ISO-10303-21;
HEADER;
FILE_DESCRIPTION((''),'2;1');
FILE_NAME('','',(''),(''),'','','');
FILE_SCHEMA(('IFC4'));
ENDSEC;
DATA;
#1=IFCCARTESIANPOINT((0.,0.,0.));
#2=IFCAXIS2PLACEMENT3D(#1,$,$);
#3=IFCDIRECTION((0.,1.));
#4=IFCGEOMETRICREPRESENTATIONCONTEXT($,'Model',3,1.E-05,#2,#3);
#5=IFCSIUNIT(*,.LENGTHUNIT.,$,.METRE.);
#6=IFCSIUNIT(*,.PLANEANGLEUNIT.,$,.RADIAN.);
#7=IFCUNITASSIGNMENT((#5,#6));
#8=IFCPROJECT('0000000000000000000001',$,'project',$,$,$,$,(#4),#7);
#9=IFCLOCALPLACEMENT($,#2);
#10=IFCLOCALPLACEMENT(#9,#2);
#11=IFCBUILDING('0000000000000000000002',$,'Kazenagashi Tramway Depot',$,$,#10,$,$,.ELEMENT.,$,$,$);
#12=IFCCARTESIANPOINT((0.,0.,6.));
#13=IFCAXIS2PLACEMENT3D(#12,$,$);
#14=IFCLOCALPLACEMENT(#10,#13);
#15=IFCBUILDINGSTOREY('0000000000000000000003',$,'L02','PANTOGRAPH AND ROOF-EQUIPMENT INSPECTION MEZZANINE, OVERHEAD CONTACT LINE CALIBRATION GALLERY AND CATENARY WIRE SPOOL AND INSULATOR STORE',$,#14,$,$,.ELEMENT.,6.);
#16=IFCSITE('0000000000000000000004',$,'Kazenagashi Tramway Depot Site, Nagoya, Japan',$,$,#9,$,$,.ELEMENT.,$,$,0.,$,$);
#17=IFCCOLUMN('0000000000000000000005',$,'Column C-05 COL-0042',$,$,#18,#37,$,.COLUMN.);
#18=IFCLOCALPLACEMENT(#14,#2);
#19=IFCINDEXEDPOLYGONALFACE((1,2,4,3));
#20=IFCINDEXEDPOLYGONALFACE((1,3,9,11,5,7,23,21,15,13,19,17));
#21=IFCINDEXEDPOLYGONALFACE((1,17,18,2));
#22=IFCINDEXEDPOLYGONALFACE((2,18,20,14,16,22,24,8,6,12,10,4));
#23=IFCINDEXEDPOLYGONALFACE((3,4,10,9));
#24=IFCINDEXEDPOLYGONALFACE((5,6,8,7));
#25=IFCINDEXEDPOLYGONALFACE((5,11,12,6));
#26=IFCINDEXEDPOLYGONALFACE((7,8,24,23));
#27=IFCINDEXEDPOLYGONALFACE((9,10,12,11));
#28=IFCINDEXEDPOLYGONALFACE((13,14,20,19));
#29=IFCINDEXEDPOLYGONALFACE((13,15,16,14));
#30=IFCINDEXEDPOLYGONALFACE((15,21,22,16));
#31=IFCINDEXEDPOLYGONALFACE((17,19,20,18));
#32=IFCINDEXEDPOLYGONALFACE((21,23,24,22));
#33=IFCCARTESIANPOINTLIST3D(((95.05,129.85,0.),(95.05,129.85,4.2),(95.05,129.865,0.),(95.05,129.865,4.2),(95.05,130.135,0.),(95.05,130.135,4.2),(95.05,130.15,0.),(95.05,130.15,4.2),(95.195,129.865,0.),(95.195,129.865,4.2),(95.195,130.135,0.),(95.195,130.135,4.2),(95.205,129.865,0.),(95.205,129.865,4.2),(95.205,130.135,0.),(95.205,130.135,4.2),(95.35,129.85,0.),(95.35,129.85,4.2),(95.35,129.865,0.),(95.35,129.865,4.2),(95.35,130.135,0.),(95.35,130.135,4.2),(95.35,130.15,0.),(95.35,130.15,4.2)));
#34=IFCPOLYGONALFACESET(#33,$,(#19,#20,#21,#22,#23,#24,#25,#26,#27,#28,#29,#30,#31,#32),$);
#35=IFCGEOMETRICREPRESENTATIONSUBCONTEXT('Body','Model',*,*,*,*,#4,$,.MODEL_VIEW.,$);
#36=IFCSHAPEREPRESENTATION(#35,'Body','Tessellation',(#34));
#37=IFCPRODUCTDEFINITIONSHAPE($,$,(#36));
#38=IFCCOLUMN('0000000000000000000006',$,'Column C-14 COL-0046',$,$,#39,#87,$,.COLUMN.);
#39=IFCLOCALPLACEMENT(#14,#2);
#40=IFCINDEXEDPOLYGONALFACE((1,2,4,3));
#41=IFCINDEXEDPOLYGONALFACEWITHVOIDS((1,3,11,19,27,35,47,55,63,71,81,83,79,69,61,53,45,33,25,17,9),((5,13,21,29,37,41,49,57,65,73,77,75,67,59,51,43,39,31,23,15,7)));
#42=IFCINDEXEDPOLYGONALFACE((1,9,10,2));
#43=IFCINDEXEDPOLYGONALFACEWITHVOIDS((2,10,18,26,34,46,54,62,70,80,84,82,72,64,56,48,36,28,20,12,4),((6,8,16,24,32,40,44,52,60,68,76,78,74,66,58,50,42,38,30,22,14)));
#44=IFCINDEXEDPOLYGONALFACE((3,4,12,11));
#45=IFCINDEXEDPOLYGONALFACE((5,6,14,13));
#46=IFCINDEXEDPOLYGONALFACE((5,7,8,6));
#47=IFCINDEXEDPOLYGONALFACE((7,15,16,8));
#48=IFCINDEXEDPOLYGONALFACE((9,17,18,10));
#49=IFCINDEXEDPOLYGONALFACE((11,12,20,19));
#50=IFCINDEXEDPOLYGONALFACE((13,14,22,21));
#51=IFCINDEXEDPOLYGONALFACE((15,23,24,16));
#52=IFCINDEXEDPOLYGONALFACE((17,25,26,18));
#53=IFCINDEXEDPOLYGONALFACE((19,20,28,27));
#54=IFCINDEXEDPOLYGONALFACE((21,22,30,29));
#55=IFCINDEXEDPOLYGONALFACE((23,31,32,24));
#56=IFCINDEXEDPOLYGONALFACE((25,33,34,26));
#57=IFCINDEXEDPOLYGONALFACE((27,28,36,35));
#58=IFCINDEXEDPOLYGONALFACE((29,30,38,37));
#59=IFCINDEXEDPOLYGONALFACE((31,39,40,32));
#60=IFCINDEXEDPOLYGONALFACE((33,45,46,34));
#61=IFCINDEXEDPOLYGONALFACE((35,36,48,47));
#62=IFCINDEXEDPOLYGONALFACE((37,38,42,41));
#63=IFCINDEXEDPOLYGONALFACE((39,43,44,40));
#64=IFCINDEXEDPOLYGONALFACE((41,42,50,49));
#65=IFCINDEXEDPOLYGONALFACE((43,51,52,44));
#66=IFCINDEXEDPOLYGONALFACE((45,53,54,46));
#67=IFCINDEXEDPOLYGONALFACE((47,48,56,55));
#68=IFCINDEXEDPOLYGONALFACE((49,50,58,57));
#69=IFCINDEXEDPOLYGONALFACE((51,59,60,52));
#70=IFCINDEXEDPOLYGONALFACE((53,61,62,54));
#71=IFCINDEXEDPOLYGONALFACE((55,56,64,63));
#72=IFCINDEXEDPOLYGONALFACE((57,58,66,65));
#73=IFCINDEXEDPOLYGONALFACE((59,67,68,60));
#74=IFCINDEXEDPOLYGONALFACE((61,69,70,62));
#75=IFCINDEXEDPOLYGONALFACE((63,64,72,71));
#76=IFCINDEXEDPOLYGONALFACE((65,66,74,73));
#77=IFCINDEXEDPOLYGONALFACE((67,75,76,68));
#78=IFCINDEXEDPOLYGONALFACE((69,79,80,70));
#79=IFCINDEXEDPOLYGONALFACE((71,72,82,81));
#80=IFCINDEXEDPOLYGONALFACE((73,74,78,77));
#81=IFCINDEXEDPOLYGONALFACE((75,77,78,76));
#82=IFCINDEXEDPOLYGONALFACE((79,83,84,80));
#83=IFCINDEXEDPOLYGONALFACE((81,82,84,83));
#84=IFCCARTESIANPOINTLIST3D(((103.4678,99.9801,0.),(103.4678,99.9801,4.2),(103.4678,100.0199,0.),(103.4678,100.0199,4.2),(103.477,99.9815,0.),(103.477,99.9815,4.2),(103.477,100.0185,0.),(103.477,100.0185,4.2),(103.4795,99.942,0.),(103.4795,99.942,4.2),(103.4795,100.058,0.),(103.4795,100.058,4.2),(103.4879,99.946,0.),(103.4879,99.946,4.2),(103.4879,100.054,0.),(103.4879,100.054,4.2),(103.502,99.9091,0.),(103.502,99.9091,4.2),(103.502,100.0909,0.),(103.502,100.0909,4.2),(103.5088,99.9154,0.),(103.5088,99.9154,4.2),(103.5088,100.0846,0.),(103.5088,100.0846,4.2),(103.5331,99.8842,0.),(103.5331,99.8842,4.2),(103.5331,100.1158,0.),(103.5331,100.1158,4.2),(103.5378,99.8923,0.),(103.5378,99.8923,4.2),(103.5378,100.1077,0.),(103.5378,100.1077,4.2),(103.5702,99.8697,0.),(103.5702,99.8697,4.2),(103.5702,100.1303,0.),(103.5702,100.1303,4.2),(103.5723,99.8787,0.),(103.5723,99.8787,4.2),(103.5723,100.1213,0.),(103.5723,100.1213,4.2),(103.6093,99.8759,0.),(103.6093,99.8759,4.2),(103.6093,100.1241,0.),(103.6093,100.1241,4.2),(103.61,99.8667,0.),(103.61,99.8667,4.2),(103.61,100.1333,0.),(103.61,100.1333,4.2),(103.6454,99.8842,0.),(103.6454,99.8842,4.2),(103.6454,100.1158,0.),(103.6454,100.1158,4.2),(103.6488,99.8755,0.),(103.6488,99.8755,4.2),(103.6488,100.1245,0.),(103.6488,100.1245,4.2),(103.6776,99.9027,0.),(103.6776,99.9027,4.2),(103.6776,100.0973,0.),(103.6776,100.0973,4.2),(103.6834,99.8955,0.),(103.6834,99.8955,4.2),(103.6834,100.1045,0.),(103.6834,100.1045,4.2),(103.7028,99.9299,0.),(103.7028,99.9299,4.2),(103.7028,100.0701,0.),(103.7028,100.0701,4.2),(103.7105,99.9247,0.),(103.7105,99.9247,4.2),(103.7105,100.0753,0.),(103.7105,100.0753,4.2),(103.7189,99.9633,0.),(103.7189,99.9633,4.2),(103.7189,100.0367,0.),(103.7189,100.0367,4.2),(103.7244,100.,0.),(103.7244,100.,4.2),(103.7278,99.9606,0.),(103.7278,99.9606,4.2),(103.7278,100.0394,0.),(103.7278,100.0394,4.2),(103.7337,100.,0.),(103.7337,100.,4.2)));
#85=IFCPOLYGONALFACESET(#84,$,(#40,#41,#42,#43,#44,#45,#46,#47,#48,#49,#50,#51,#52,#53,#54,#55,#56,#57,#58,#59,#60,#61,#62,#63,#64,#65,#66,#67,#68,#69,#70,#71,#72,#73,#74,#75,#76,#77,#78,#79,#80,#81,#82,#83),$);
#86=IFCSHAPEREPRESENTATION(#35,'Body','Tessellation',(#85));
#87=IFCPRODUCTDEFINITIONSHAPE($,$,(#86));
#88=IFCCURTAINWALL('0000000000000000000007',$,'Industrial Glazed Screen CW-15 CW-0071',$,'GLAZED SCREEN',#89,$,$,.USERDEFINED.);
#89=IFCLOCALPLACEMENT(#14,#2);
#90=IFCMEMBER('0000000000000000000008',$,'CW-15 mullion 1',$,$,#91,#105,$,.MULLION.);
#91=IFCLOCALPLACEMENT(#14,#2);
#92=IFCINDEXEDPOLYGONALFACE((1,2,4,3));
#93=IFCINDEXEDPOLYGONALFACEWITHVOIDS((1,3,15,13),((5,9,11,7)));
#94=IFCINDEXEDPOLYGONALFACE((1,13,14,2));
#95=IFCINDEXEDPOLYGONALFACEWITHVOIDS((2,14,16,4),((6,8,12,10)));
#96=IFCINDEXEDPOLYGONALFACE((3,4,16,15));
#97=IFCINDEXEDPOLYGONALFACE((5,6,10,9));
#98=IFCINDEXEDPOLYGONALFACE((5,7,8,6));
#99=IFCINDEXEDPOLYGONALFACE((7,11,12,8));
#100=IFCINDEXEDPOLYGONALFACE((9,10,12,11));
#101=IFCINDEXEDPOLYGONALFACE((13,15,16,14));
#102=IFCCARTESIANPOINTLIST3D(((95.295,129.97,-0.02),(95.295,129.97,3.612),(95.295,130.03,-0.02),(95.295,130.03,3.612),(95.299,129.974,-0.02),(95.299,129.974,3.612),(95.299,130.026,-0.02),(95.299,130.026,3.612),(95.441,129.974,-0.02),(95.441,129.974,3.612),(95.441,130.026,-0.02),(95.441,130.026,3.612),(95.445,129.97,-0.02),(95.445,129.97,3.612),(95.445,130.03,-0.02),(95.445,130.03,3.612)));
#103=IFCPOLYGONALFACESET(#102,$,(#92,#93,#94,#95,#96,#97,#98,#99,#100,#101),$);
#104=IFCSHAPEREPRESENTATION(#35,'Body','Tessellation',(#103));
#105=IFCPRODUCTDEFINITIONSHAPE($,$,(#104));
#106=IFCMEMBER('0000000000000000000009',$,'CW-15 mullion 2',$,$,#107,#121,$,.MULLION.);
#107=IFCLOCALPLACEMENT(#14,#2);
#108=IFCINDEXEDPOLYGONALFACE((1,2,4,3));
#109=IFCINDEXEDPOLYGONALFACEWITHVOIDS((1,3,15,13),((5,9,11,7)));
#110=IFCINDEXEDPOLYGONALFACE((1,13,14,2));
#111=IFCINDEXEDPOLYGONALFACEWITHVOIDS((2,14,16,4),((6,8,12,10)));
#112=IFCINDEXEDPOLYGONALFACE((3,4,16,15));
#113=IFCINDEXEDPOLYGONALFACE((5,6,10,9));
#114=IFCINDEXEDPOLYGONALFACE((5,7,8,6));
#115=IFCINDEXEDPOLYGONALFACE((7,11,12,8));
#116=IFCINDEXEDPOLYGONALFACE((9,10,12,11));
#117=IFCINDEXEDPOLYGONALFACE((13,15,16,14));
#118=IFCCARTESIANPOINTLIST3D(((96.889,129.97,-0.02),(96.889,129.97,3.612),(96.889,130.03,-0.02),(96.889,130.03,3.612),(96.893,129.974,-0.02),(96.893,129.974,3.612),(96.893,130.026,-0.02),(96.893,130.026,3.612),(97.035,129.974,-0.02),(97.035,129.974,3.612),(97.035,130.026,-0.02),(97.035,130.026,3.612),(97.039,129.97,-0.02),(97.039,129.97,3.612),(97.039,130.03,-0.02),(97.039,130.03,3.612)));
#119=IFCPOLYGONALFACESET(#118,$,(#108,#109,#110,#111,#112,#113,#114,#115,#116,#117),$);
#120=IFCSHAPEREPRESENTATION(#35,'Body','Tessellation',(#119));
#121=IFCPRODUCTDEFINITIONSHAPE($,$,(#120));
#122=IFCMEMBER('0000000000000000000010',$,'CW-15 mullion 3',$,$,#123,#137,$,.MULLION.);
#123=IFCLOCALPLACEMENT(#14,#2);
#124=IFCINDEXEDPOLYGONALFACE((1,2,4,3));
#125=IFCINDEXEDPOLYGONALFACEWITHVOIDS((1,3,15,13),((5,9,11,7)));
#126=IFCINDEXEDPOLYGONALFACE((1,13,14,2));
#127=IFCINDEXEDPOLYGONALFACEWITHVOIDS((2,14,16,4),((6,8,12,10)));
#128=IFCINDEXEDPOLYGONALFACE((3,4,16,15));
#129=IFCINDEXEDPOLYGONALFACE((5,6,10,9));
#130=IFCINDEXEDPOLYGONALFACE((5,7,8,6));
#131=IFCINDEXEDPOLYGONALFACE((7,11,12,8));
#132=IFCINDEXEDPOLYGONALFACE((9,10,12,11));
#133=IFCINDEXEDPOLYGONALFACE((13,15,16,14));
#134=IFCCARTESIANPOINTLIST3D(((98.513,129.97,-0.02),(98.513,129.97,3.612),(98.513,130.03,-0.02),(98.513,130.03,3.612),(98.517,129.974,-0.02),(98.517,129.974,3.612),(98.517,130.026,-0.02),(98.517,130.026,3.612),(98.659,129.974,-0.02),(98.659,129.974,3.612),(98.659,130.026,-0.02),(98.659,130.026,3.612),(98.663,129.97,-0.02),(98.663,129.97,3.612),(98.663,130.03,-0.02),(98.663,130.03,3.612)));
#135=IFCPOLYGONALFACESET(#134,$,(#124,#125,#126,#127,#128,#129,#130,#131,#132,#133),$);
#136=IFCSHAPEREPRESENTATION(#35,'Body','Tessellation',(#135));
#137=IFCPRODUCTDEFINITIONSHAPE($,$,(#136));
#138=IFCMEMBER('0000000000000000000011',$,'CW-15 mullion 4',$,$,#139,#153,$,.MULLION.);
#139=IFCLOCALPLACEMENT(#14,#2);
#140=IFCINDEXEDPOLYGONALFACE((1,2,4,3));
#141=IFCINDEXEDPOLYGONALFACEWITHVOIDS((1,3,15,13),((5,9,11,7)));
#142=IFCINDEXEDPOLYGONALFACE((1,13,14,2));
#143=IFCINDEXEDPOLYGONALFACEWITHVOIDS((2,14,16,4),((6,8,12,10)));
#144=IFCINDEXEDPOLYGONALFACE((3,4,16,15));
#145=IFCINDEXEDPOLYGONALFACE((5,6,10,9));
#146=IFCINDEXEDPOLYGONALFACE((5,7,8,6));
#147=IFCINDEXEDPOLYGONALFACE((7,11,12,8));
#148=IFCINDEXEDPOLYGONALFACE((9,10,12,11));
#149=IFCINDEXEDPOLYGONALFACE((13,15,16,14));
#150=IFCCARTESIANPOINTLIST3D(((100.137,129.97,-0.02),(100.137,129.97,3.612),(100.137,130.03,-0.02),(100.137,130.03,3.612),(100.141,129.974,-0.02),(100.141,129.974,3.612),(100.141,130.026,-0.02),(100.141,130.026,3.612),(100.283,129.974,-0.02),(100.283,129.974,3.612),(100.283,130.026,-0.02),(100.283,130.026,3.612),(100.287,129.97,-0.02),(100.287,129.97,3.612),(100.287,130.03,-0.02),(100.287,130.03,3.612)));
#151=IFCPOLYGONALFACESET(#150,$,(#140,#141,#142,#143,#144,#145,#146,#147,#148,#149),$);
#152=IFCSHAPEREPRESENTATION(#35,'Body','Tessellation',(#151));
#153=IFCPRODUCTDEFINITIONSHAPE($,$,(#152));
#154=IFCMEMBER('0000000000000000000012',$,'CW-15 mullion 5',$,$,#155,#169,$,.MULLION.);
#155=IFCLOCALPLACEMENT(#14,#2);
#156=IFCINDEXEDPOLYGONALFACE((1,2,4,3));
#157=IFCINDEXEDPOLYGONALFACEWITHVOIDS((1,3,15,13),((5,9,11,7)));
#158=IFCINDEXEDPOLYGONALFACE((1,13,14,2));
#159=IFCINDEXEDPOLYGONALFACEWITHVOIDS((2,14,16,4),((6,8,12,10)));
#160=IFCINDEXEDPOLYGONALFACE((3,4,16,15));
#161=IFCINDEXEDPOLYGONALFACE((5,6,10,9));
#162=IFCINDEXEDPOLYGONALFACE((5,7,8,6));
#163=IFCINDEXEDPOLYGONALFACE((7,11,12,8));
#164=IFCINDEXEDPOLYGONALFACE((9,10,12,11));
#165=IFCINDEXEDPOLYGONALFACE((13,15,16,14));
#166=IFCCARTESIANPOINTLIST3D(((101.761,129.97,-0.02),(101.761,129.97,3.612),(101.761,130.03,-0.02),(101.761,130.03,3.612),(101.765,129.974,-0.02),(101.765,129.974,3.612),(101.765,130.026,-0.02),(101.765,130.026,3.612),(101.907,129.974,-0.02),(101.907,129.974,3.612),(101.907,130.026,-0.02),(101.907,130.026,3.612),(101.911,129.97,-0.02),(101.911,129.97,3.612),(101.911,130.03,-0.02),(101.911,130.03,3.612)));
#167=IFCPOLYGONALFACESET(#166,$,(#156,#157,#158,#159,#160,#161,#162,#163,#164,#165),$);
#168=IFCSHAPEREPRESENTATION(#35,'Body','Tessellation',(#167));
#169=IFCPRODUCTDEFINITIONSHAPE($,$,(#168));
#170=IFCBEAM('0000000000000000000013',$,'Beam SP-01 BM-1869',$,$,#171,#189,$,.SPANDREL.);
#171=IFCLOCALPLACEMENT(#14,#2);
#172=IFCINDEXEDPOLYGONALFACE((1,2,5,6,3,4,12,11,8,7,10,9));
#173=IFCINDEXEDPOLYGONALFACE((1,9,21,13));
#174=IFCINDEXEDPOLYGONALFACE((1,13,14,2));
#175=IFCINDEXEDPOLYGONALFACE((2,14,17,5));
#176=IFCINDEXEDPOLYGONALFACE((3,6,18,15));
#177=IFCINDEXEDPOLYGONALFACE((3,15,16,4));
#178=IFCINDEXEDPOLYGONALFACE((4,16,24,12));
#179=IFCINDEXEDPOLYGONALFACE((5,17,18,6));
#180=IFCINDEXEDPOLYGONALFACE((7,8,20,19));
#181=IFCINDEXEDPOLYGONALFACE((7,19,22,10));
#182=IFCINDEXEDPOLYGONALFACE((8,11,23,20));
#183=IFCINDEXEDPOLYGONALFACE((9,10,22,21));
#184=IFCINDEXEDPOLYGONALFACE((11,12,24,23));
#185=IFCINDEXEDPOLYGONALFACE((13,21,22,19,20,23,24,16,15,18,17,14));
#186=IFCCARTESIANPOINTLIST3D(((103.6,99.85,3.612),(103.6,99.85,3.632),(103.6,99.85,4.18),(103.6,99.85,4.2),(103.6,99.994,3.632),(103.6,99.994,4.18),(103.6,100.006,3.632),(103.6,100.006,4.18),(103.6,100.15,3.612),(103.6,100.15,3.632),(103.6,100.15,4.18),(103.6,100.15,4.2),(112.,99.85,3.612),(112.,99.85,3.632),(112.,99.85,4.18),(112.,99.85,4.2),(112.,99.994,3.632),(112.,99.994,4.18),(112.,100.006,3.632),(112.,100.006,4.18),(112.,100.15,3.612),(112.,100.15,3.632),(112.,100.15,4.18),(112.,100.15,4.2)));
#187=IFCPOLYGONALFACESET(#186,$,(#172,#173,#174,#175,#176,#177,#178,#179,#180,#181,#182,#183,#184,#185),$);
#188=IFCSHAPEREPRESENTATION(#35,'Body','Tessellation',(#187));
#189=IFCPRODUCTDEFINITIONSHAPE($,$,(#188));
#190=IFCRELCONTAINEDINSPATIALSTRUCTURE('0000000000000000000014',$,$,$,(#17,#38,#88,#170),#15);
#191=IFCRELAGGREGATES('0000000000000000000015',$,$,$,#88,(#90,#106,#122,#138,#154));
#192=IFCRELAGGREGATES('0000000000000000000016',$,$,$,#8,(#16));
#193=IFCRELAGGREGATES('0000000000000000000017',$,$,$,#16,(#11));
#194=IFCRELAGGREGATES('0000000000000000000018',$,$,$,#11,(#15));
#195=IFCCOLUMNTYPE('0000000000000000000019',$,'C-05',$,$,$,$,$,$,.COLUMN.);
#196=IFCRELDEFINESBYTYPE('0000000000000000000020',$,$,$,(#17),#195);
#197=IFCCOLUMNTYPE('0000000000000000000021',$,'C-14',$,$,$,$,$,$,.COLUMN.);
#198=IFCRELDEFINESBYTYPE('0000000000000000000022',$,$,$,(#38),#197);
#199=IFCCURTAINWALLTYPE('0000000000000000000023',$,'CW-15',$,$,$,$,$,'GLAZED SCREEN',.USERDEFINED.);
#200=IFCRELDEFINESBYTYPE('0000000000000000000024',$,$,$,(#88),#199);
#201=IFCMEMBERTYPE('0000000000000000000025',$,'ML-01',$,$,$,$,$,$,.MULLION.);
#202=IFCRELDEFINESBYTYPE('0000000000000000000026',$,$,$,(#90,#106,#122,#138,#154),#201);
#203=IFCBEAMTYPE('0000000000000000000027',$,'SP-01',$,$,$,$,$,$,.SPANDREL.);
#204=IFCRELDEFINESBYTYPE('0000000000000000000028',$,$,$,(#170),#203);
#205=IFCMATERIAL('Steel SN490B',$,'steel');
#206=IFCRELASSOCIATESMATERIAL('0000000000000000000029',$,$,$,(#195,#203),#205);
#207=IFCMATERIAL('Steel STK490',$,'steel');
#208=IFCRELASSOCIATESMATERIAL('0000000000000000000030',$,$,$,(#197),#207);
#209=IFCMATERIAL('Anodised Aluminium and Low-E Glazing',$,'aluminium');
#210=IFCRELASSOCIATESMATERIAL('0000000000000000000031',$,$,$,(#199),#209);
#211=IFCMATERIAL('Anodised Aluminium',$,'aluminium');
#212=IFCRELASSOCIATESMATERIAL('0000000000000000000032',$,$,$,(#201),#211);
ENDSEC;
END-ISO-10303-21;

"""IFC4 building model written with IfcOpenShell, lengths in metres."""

from ifc_helpers import new_model, si_unit, direction, frame, origin, origin_2d, place, context, subcontext, project, spatial, hollow_rectangle, hollow_circle, i_section, extrude, material, material_profile, profile_set, type_object, element, aggregate, save


model = new_model("IFC4")

# Units and contexts
model_context = context("Model", 3, precision=1e-05, world=origin(), true_north=direction((0.0, 1.0)))
body_context = subcontext(model_context, "Body", "Model", "MODEL_VIEW")
ifc_project = project(units=[si_unit("LENGTHUNIT", "METRE"), si_unit("PLANEANGLEUNIT", "RADIAN")], contexts=[model_context])

# Site, building, storey
site_placement = place(None, origin())
site = spatial("IfcSite", under=ifc_project, at=site_placement, Name="Kazenagashi Tramway Depot Site, Nagoya, Japan", CompositionType="ELEMENT", RefElevation=0.0)
building_placement = place(site_placement, origin())
building = spatial("IfcBuilding", under=site, at=building_placement, Name="Kazenagashi Tramway Depot", CompositionType="ELEMENT")
storey_placement = place(building_placement, frame((0.0, 0.0, 6.0)))
storey = spatial("IfcBuildingStorey", under=building, at=storey_placement, Name="L02", Description="PANTOGRAPH AND ROOF-EQUIPMENT INSPECTION MEZZANINE, OVERHEAD CONTACT LINE CALIBRATION GALLERY AND CATENARY WIRE SPOOL AND INSULATOR STORE", CompositionType="ELEMENT", Elevation=6.0)

# Columns
ifc_material_1 = material(Name="Steel SN490B", Category="steel")
ifc_material_profile_1 = material_profile(ifc_material_1, i_section(OverallWidth=0.3, OverallDepth=0.3, WebThickness=0.01, FlangeThickness=0.015, at=origin_2d()), Name="H-300x300x10x15")
ifc_profile_set_1 = profile_set([ifc_material_profile_1], Name="Steel SN490B")
column_type_1 = type_object("IfcColumnType", Name="C-05", PredefinedType="COLUMN", material=ifc_profile_set_1)
column_1_placement = place(storey_placement, frame((95.2, 130.0, 0.0), z_axis=(0.0, 0.0, 1.0), x_axis=(1.0, 0.0, 0.0)))
element("IfcColumn", 1, at=column_1_placement, inside=storey, type_object=column_type_1, Name="Column C-05 COL-0042", PredefinedType="COLUMN", context=body_context, shape_type="SweptSolid", body=[
    extrude(i_section(OverallWidth=0.3, OverallDepth=0.3, WebThickness=0.01, FlangeThickness=0.015, at=origin_2d()), origin(), (0.0, 0.0, 1.0), 4.2),
])
ifc_material_2 = material(Name="Steel STK490", Category="steel")
ifc_material_profile_2 = material_profile(ifc_material_2, hollow_circle(Radius=0.1337, WallThickness=0.0093, at=origin_2d()), Name="CHS-267.4x9.3")
ifc_profile_set_2 = profile_set([ifc_material_profile_2], Name="Steel STK490")
column_type_2 = type_object("IfcColumnType", Name="C-14", PredefinedType="COLUMN", material=ifc_profile_set_2)
column_2_placement = place(storey_placement, frame((103.6, 100.0, 0.0), z_axis=(0.0, 0.0, 1.0), x_axis=(1.0, 0.0, 0.0)))
element("IfcColumn", 2, at=column_2_placement, inside=storey, type_object=column_type_2, Name="Column C-14 COL-0046", PredefinedType="COLUMN", context=body_context, shape_type="SweptSolid", body=[
    extrude(hollow_circle(Radius=0.1337, WallThickness=0.0093, at=origin_2d()), origin(), (0.0, 0.0, 1.0), 4.2),
])

# Curtain wall, members
ifc_material_3 = material(Name="Anodised Aluminium and Low-E Glazing", Category="aluminium")
curtain_wall_type = type_object("IfcCurtainWallType", Name="CW-15", ElementType="GLAZED SCREEN", PredefinedType="USERDEFINED", material=ifc_material_3)
curtain_wall_placement = place(storey_placement, origin())
curtain_wall = element("IfcCurtainWall", 3, at=curtain_wall_placement, inside=storey, type_object=curtain_wall_type, Name="Industrial Glazed Screen CW-15 CW-0071", ObjectType="GLAZED SCREEN", PredefinedType="USERDEFINED")
ifc_material_4 = material(Name="Anodised Aluminium", Category="aluminium")
ifc_material_profile_3 = material_profile(ifc_material_4, hollow_rectangle(XDim=0.06, YDim=0.15, WallThickness=0.004, at=origin_2d()), Name="RHS-150x60x4")
ifc_profile_set_3 = profile_set([ifc_material_profile_3], Name="Anodised Aluminium")
member_type_1 = type_object("IfcMemberType", Name="ML-01", PredefinedType="MULLION", material=ifc_profile_set_3)
member_1_placement = place(storey_placement, frame((95.37, 130.0, -0.02), z_axis=(0.0, 0.0, 1.0), x_axis=(0.0, 1.0, 0.0)))
member_1 = element("IfcMember", 4, at=member_1_placement, type_object=member_type_1, Name="CW-15 mullion 1", PredefinedType="MULLION", context=body_context, shape_type="SweptSolid", body=[
    extrude(hollow_rectangle(XDim=0.06, YDim=0.15, WallThickness=0.004, at=origin_2d()), origin(), (0.0, 0.0, 1.0), 3.632),
])
member_2_placement = place(storey_placement, frame((96.964, 130.0, -0.02), z_axis=(0.0, 0.0, 1.0), x_axis=(0.0, 1.0, 0.0)))
member_2 = element("IfcMember", 5, at=member_2_placement, type_object=member_type_1, Name="CW-15 mullion 2", PredefinedType="MULLION", context=body_context, shape_type="SweptSolid", body=[
    extrude(hollow_rectangle(XDim=0.06, YDim=0.15, WallThickness=0.004, at=origin_2d()), origin(), (0.0, 0.0, 1.0), 3.632),
])
member_3_placement = place(storey_placement, frame((98.588, 130.0, -0.02), z_axis=(0.0, 0.0, 1.0), x_axis=(0.0, 1.0, 0.0)))
member_3 = element("IfcMember", 6, at=member_3_placement, type_object=member_type_1, Name="CW-15 mullion 3", PredefinedType="MULLION", context=body_context, shape_type="SweptSolid", body=[
    extrude(hollow_rectangle(XDim=0.06, YDim=0.15, WallThickness=0.004, at=origin_2d()), origin(), (0.0, 0.0, 1.0), 3.632),
])
member_4_placement = place(storey_placement, frame((100.212, 130.0, -0.02), z_axis=(0.0, 0.0, 1.0), x_axis=(0.0, 1.0, 0.0)))
member_4 = element("IfcMember", 7, at=member_4_placement, type_object=member_type_1, Name="CW-15 mullion 4", PredefinedType="MULLION", context=body_context, shape_type="SweptSolid", body=[
    extrude(hollow_rectangle(XDim=0.06, YDim=0.15, WallThickness=0.004, at=origin_2d()), origin(), (0.0, 0.0, 1.0), 3.632),
])
member_5_placement = place(storey_placement, frame((101.836, 130.0, -0.02), z_axis=(0.0, 0.0, 1.0), x_axis=(0.0, 1.0, 0.0)))
member_5 = element("IfcMember", 8, at=member_5_placement, type_object=member_type_1, Name="CW-15 mullion 5", PredefinedType="MULLION", context=body_context, shape_type="SweptSolid", body=[
    extrude(hollow_rectangle(XDim=0.06, YDim=0.15, WallThickness=0.004, at=origin_2d()), origin(), (0.0, 0.0, 1.0), 3.632),
])

# Beam
ifc_material_profile_4 = material_profile(ifc_material_1, i_section(OverallWidth=0.3, OverallDepth=0.588, WebThickness=0.012, FlangeThickness=0.02, at=origin_2d()), Name="H-588x300x12x20")
ifc_profile_set_4 = profile_set([ifc_material_profile_4], Name="Steel SN490B")
beam_type_1 = type_object("IfcBeamType", Name="SP-01", PredefinedType="SPANDREL", material=ifc_profile_set_4)
for number, where, z_axis, x_axis, name in (
    (9, (103.6, 100.0, 3.906), (1.0, 0.0, 0.0), (0.0, 1.0, 0.0), "Beam SP-01 BM-1869"),
):
    element("IfcBeam", number, at=place(storey_placement, frame(where, z_axis=z_axis, x_axis=x_axis)), inside=storey, type_object=beam_type_1, Name=name, PredefinedType="SPANDREL", context=body_context, shape_type="SweptSolid", body=[
        extrude(i_section(OverallWidth=0.3, OverallDepth=0.588, WebThickness=0.012, FlangeThickness=0.02, at=origin_2d()), origin(), (0.0, 0.0, 1.0), 8.4),
    ])

aggregate(curtain_wall, [member_1, member_2, member_3, member_4, member_5])

save(model, "model.ifc")
